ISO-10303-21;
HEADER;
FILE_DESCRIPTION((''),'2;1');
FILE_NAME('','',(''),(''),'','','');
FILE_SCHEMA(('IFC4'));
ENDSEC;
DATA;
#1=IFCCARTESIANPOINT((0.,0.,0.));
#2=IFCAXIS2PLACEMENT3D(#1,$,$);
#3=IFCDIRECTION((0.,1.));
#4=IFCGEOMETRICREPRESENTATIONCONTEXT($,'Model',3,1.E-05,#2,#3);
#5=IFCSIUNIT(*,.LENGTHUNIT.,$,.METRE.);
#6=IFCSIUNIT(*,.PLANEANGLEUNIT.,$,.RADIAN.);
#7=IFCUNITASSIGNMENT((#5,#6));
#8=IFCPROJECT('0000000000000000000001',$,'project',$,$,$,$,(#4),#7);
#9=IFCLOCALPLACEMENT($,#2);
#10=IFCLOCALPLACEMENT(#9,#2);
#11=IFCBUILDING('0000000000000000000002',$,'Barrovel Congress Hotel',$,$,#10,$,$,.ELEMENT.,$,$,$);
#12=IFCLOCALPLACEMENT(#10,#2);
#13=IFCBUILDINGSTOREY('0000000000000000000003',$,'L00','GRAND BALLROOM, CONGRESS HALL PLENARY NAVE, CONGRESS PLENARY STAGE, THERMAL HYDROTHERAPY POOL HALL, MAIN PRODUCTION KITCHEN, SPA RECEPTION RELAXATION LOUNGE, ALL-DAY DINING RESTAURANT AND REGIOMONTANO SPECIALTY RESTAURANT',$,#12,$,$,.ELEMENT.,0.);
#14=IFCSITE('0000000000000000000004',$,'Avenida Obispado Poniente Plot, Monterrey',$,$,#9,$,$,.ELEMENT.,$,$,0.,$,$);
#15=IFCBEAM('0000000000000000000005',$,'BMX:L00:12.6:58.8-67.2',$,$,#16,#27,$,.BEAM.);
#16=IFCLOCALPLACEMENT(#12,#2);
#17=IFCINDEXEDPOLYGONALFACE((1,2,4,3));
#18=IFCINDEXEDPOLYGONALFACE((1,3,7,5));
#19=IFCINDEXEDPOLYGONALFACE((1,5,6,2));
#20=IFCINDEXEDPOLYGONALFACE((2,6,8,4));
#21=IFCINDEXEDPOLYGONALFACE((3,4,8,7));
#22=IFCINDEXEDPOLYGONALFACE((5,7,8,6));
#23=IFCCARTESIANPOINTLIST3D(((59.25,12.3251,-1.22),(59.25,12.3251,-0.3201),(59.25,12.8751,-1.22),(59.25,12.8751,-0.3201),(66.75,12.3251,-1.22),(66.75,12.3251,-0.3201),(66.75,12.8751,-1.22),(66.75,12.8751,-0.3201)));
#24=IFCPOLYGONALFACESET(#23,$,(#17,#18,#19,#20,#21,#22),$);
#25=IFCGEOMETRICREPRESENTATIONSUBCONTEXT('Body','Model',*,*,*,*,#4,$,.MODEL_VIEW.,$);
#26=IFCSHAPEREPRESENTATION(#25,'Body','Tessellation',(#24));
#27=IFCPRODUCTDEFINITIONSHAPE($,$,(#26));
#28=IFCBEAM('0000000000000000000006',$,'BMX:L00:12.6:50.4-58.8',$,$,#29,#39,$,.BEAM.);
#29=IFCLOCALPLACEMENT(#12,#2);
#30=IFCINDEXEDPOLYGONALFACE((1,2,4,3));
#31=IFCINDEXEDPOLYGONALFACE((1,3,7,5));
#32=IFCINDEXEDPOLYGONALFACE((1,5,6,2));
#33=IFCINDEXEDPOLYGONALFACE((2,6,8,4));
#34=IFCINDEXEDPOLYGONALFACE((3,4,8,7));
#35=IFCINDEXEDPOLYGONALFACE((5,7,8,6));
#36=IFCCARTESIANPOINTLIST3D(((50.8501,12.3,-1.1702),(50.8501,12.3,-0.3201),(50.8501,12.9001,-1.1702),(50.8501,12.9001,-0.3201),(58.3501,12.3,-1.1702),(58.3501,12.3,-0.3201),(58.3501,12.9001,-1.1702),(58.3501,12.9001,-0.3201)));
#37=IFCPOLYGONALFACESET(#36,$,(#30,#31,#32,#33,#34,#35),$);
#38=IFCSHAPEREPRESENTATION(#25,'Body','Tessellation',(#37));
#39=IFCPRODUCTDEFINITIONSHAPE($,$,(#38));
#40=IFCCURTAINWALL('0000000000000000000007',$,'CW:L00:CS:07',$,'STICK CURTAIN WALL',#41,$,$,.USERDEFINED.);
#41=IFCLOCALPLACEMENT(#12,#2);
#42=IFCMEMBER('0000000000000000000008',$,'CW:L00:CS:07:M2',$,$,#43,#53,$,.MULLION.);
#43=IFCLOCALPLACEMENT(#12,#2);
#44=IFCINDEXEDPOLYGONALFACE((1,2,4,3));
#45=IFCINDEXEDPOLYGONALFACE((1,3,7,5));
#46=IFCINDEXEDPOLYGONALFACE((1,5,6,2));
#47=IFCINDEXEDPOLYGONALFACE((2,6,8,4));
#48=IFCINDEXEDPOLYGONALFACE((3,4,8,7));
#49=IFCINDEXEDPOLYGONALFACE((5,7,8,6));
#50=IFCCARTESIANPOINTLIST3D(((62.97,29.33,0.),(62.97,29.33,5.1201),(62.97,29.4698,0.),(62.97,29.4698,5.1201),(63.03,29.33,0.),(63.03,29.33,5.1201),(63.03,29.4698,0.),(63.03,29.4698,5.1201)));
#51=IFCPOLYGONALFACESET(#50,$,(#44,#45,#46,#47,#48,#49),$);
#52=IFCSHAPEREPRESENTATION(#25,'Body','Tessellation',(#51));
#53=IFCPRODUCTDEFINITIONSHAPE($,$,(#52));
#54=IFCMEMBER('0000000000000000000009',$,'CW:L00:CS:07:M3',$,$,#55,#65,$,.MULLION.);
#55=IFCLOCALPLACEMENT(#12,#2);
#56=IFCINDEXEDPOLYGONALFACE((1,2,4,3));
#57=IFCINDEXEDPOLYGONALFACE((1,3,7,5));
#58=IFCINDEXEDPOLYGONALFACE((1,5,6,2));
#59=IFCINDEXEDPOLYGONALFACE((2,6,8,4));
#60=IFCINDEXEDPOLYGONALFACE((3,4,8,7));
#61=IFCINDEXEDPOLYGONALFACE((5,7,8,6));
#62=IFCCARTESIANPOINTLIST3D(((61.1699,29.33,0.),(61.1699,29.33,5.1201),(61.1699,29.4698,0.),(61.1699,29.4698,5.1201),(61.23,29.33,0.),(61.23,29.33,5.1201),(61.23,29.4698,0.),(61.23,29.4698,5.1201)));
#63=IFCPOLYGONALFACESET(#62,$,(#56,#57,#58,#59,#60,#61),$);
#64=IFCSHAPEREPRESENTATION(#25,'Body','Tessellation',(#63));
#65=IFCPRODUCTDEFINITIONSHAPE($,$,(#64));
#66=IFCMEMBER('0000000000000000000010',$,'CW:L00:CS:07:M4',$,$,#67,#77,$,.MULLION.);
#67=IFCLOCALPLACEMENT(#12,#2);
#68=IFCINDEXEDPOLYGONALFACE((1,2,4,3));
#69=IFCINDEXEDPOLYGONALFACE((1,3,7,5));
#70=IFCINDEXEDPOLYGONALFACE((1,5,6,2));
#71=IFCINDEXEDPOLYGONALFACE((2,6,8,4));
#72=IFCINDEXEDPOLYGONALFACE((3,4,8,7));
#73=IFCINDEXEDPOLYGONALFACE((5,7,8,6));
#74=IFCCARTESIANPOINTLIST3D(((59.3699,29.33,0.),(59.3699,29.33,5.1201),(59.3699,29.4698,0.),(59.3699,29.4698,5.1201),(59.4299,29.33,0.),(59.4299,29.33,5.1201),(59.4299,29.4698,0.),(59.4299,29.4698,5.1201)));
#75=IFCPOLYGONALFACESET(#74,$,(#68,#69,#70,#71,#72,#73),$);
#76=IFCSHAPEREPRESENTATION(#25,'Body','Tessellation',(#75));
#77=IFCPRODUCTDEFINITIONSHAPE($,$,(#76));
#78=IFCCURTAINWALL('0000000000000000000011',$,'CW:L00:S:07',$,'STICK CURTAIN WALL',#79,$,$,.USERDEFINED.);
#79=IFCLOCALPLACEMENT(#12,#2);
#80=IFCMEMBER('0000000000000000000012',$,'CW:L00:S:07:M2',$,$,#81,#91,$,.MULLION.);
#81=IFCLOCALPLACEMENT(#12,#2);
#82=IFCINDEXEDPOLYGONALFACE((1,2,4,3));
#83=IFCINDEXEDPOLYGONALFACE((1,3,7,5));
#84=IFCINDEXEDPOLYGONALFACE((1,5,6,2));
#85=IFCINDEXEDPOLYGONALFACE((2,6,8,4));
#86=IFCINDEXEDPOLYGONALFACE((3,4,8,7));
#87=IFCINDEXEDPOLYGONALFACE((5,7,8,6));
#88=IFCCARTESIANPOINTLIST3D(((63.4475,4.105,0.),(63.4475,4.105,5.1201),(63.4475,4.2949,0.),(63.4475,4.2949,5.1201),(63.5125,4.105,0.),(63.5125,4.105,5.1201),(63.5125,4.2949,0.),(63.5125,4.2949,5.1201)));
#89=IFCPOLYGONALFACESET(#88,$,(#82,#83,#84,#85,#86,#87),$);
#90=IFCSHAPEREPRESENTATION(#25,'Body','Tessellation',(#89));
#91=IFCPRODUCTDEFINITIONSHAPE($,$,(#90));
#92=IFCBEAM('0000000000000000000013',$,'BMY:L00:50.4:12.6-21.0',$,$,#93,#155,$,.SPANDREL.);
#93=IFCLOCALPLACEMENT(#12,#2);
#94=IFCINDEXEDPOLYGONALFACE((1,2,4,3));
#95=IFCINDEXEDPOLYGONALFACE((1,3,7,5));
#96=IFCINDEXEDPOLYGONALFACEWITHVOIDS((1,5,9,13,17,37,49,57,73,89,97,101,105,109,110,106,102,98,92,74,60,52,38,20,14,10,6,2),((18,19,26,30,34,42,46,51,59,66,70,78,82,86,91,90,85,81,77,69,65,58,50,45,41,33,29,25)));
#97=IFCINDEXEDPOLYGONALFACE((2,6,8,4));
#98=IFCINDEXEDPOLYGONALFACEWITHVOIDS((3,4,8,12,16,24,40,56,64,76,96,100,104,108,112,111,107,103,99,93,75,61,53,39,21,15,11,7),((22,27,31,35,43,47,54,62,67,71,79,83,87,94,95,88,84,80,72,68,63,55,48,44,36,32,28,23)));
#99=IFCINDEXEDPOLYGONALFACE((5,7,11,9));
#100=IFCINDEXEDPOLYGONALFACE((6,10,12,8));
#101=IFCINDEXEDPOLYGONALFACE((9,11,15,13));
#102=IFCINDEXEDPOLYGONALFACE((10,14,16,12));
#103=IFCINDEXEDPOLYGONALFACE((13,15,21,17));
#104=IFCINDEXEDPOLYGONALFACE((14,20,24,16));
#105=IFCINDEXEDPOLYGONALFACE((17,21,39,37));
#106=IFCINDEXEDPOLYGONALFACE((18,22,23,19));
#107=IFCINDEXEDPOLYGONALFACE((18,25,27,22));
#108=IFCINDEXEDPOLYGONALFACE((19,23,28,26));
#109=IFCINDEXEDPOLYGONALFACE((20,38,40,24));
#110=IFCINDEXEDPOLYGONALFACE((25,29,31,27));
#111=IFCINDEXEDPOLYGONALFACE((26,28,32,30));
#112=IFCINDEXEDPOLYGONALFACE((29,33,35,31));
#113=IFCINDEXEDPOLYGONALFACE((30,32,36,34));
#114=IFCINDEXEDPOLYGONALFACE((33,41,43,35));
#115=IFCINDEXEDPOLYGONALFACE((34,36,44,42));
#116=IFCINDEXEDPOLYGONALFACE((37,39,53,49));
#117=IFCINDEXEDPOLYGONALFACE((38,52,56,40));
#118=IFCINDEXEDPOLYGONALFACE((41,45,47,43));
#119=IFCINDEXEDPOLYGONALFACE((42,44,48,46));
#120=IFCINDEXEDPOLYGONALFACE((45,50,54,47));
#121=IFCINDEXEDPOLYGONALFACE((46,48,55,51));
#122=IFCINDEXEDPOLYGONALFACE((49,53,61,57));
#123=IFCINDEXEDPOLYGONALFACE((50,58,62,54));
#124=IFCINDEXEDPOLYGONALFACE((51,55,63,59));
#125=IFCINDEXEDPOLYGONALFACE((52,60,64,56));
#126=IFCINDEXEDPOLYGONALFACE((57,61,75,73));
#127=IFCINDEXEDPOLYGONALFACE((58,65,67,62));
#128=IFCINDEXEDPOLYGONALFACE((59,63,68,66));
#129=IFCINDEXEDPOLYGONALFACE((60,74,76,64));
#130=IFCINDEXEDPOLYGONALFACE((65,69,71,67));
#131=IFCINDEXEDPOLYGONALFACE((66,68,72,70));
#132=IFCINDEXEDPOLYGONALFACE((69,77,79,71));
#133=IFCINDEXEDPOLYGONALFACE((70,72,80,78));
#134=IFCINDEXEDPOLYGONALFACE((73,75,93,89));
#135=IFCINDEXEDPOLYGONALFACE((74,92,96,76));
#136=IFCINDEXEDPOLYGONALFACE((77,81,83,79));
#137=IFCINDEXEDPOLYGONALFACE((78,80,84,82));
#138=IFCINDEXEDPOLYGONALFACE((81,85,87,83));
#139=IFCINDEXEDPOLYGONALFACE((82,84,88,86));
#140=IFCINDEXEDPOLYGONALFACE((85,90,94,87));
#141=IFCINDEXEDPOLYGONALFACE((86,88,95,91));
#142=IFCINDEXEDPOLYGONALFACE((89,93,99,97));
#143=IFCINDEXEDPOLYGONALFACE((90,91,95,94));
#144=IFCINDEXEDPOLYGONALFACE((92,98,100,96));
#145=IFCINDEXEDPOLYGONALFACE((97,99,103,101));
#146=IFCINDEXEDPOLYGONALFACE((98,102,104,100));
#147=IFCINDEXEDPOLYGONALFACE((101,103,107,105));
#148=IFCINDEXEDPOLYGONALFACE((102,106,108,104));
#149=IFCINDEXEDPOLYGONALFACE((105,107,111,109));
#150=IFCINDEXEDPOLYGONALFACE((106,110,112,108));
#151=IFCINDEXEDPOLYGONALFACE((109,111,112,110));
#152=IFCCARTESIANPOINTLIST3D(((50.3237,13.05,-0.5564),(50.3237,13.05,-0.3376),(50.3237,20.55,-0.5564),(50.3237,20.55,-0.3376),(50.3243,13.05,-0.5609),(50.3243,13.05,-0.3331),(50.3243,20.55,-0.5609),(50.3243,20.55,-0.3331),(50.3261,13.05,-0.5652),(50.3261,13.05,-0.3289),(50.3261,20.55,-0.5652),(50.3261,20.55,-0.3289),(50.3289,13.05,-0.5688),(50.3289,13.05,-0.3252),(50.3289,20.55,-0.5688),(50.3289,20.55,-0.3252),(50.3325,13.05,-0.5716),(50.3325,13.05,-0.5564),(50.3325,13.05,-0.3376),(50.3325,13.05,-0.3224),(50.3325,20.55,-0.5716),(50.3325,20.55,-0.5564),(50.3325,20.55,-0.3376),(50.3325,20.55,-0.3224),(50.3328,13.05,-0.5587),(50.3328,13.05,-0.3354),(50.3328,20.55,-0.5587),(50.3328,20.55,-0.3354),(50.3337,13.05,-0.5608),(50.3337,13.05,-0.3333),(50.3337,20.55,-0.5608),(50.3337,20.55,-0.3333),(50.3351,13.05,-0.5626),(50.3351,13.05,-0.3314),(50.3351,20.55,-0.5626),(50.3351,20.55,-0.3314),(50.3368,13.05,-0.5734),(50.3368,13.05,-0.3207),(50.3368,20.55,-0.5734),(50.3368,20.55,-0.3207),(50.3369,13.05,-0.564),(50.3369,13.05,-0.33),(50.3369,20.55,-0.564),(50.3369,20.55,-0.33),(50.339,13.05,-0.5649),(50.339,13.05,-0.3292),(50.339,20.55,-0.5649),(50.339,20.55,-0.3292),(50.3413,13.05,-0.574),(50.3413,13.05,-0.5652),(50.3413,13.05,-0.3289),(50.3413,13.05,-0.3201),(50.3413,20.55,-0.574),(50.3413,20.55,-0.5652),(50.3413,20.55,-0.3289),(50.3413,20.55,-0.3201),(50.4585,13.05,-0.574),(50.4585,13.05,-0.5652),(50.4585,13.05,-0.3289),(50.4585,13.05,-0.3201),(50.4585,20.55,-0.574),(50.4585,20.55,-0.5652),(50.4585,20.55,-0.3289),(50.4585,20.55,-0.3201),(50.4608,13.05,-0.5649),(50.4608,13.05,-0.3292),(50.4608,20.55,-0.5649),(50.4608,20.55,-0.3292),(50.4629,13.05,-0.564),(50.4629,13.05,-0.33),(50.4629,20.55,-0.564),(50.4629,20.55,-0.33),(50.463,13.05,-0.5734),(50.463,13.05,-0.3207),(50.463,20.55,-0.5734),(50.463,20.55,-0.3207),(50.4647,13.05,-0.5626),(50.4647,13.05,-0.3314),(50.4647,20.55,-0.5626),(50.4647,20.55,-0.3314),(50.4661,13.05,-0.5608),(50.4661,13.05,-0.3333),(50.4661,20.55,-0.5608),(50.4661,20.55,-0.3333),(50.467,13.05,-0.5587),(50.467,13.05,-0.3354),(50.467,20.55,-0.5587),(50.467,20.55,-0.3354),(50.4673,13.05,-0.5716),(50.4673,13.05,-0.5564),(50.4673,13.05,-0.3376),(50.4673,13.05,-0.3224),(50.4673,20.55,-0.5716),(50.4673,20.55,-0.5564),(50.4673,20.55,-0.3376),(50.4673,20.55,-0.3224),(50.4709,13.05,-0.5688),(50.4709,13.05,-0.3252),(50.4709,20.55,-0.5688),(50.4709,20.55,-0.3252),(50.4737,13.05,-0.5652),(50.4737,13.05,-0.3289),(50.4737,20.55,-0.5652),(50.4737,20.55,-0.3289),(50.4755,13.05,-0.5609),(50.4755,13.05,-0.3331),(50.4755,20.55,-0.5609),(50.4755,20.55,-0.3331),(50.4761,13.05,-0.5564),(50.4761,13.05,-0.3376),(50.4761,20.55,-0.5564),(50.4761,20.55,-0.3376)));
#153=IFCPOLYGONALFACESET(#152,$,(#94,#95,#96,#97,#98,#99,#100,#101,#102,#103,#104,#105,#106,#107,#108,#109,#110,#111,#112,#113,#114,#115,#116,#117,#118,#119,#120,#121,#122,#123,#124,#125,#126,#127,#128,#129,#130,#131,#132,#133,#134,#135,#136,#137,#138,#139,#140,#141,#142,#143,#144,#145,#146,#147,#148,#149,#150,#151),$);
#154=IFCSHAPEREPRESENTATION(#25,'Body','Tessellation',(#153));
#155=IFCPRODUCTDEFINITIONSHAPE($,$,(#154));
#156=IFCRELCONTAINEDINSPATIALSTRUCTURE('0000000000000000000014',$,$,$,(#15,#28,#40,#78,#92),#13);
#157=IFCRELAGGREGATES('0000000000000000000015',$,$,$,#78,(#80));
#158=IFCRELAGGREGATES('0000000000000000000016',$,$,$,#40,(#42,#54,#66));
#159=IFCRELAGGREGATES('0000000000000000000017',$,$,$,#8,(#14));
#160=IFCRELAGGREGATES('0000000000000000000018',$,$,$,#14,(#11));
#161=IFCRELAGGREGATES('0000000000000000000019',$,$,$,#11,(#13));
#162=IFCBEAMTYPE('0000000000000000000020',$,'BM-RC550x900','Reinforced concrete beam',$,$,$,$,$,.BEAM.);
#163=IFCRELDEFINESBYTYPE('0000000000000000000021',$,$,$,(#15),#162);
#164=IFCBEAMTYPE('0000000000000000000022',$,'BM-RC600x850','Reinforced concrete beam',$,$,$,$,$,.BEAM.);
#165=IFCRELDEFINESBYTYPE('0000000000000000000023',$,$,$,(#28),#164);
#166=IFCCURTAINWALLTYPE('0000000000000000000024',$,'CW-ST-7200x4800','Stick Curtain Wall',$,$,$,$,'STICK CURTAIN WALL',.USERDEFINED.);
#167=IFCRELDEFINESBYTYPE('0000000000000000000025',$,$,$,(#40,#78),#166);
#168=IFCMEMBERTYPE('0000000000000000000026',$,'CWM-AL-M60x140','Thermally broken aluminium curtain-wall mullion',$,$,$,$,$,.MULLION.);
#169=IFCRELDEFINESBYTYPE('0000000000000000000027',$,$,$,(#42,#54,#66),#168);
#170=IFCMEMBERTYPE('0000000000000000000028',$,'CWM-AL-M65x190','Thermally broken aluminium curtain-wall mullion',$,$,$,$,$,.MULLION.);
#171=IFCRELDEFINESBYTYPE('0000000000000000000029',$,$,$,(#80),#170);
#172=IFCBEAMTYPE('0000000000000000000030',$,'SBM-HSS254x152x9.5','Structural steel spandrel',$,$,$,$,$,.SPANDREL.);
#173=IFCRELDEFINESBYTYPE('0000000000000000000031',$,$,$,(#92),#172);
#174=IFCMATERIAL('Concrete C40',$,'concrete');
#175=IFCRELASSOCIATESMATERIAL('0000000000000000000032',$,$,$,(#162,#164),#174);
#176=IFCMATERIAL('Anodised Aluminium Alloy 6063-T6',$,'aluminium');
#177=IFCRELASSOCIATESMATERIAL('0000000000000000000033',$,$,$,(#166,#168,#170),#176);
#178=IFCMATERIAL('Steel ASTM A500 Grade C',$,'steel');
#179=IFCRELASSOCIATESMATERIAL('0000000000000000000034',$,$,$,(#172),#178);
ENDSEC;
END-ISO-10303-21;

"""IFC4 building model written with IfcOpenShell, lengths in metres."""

from ifc_helpers import new_model, si_unit, direction, frame, origin, origin_2d, place, context, subcontext, project, spatial, rectangle, hollow_rectangle, extrude, material, material_profile, profile_set, type_object, element, aggregate, save


model = new_model("IFC4")

# Units and contexts
model_context = context("Model", 3, precision=1e-05, world=origin(), true_north=direction((0.0, 1.0)))
body_context = subcontext(model_context, "Body", "Model", "MODEL_VIEW")
ifc_project = project(units=[si_unit("LENGTHUNIT", "METRE"), si_unit("PLANEANGLEUNIT", "RADIAN")], contexts=[model_context])

# Site, building, storey
site_placement = place(None, origin())
site = spatial("IfcSite", under=ifc_project, at=site_placement, Name="Avenida Obispado Poniente Plot, Monterrey", CompositionType="ELEMENT", RefElevation=0.0)
building_placement = place(site_placement, origin())
building = spatial("IfcBuilding", under=site, at=building_placement, Name="Barrovel Congress Hotel", CompositionType="ELEMENT")
storey_placement = place(building_placement, origin())
storey = spatial("IfcBuildingStorey", under=building, at=storey_placement, Name="L00", Description="GRAND BALLROOM, CONGRESS HALL PLENARY NAVE, CONGRESS PLENARY STAGE, THERMAL HYDROTHERAPY POOL HALL, MAIN PRODUCTION KITCHEN, SPA RECEPTION RELAXATION LOUNGE, ALL-DAY DINING RESTAURANT AND REGIOMONTANO SPECIALTY RESTAURANT", CompositionType="ELEMENT", Elevation=0.0)

# Shared definitions
ifc_material_1 = material(Name="Concrete C40", Category="concrete")

# Beams
ifc_material_profile_1 = material_profile(ifc_material_1, rectangle(XDim=0.55, YDim=0.8999, at=origin_2d()), Name="RC550x900")
ifc_profile_set_1 = profile_set([ifc_material_profile_1], Name="Concrete C40")
beam_type_1 = type_object("IfcBeamType", Name="BM-RC550x900", Description="Reinforced concrete beam", PredefinedType="BEAM", material=ifc_profile_set_1)
beam_1_placement = place(storey_placement, frame((59.25, 12.6001, -0.77), z_axis=(1.0, 0.0, 0.0), x_axis=(0.0, 1.0, 0.0)))
element("IfcBeam", 1, at=beam_1_placement, inside=storey, type_object=beam_type_1, Name="BMX:L00:12.6:58.8-67.2", PredefinedType="BEAM", context=body_context, shape_type="SweptSolid", body=[
    extrude(rectangle(XDim=0.55, YDim=0.8999, at=origin_2d()), origin(), (0.0, 0.0, 1.0), 7.5),
])
ifc_material_profile_2 = material_profile(ifc_material_1, rectangle(XDim=0.6001, YDim=0.8501, at=origin_2d()), Name="RC600x850")
ifc_profile_set_2 = profile_set([ifc_material_profile_2], Name="Concrete C40")
beam_type_2 = type_object("IfcBeamType", Name="BM-RC600x850", Description="Reinforced concrete beam", PredefinedType="BEAM", material=ifc_profile_set_2)
beam_2_placement = place(storey_placement, frame((50.8501, 12.6001, -0.7451), z_axis=(1.0, 0.0, 0.0), x_axis=(0.0, 1.0, 0.0)))
element("IfcBeam", 2, at=beam_2_placement, inside=storey, type_object=beam_type_2, Name="BMX:L00:12.6:50.4-58.8", PredefinedType="BEAM", context=body_context, shape_type="SweptSolid", body=[
    extrude(rectangle(XDim=0.6001, YDim=0.8501, at=origin_2d()), origin(), (0.0, 0.0, 1.0), 7.5),
])

# Curtain wall, members
ifc_material_2 = material(Name="Anodised Aluminium Alloy 6063-T6", Category="aluminium")
curtain_wall_type = type_object("IfcCurtainWallType", Name="CW-ST-7200x4800", Description="Stick Curtain Wall", ElementType="STICK CURTAIN WALL", PredefinedType="USERDEFINED", material=ifc_material_2)
curtain_wall_1_placement = place(storey_placement, origin())
curtain_wall_1 = element("IfcCurtainWall", 3, at=curtain_wall_1_placement, inside=storey, type_object=curtain_wall_type, Name="CW:L00:CS:07", ObjectType="STICK CURTAIN WALL", PredefinedType="USERDEFINED")
ifc_material_profile_3 = material_profile(ifc_material_2, rectangle(XDim=0.0601, YDim=0.1399, at=origin_2d()), Name="AL-M60x140")
ifc_profile_set_3 = profile_set([ifc_material_profile_3], Name="Anodised Aluminium Alloy 6063-T6")
member_type_1 = type_object("IfcMemberType", Name="CWM-AL-M60x140", Description="Thermally broken aluminium curtain-wall mullion", PredefinedType="MULLION", material=ifc_profile_set_3)
member_1_placement = place(storey_placement, frame((63.0, 29.3999, 0.0), z_axis=(0.0, 0.0, 1.0), x_axis=(1.0, 0.0, 0.0)))
member_1 = element("IfcMember", 4, at=member_1_placement, type_object=member_type_1, Name="CW:L00:CS:07:M2", PredefinedType="MULLION", context=body_context, shape_type="SweptSolid", body=[
    extrude(rectangle(XDim=0.0601, YDim=0.1399, at=origin_2d()), origin(), (0.0, 0.0, 1.0), 5.1201),
])
member_2_placement = place(storey_placement, frame((61.2, 29.3999, 0.0), z_axis=(0.0, 0.0, 1.0), x_axis=(1.0, 0.0, 0.0)))
member_2 = element("IfcMember", 5, at=member_2_placement, type_object=member_type_1, Name="CW:L00:CS:07:M3", PredefinedType="MULLION", context=body_context, shape_type="SweptSolid", body=[
    extrude(rectangle(XDim=0.0601, YDim=0.1399, at=origin_2d()), origin(), (0.0, 0.0, 1.0), 5.1201),
])
member_3_placement = place(storey_placement, frame((59.3999, 29.3999, 0.0), z_axis=(0.0, 0.0, 1.0), x_axis=(1.0, 0.0, 0.0)))
member_3 = element("IfcMember", 6, at=member_3_placement, type_object=member_type_1, Name="CW:L00:CS:07:M4", PredefinedType="MULLION", context=body_context, shape_type="SweptSolid", body=[
    extrude(rectangle(XDim=0.0601, YDim=0.1399, at=origin_2d()), origin(), (0.0, 0.0, 1.0), 5.1201),
])

# Curtain wall, member
curtain_wall_2_placement = place(storey_placement, origin())
curtain_wall_2 = element("IfcCurtainWall", 7, at=curtain_wall_2_placement, inside=storey, type_object=curtain_wall_type, Name="CW:L00:S:07", ObjectType="STICK CURTAIN WALL", PredefinedType="USERDEFINED")
ifc_material_profile_4 = material_profile(ifc_material_2, rectangle(XDim=0.0649, YDim=0.1899, at=origin_2d()), Name="AL-M65x190")
ifc_profile_set_4 = profile_set([ifc_material_profile_4], Name="Anodised Aluminium Alloy 6063-T6")
member_type_2 = type_object("IfcMemberType", Name="CWM-AL-M65x190", Description="Thermally broken aluminium curtain-wall mullion", PredefinedType="MULLION", material=ifc_profile_set_4)
member_4_placement = place(storey_placement, frame((63.48, 4.2, 0.0), z_axis=(0.0, 0.0, 1.0), x_axis=(1.0, 0.0, 0.0)))
member_4 = element("IfcMember", 8, at=member_4_placement, type_object=member_type_2, Name="CW:L00:S:07:M2", PredefinedType="MULLION", context=body_context, shape_type="SweptSolid", body=[
    extrude(rectangle(XDim=0.0649, YDim=0.1899, at=origin_2d()), origin(), (0.0, 0.0, 1.0), 5.1201),
])

# Beam
ifc_material_3 = material(Name="Steel ASTM A500 Grade C", Category="steel")
ifc_material_profile_5 = material_profile(ifc_material_3, hollow_rectangle(XDim=0.1523, YDim=0.2539, WallThickness=0.0088, InnerFilletRadius=0.0088, OuterFilletRadius=0.0176, at=origin_2d()), Name="HSS254x152x9.5")
ifc_profile_set_5 = profile_set([ifc_material_profile_5], Name="Steel ASTM A500 Grade C")
beam_type_3 = type_object("IfcBeamType", Name="SBM-HSS254x152x9.5", Description="Structural steel spandrel", PredefinedType="SPANDREL", material=ifc_profile_set_5)
beam_3_placement = place(storey_placement, frame((50.3999, 13.05, -0.447), z_axis=(0.0, 1.0, 0.0), x_axis=(-1.0, 0.0, 0.0)))
element("IfcBeam", 9, at=beam_3_placement, inside=storey, type_object=beam_type_3, Name="BMY:L00:50.4:12.6-21.0", PredefinedType="SPANDREL", context=body_context, shape_type="SweptSolid", body=[
    extrude(hollow_rectangle(XDim=0.1523, YDim=0.2539, WallThickness=0.0088, InnerFilletRadius=0.0088, OuterFilletRadius=0.0176, at=origin_2d()), origin(), (0.0, 0.0, 1.0), 7.5),
])

aggregate(curtain_wall_2, [member_4])
aggregate(curtain_wall_1, [member_1, member_2, member_3])

save(model, "model.ifc")
